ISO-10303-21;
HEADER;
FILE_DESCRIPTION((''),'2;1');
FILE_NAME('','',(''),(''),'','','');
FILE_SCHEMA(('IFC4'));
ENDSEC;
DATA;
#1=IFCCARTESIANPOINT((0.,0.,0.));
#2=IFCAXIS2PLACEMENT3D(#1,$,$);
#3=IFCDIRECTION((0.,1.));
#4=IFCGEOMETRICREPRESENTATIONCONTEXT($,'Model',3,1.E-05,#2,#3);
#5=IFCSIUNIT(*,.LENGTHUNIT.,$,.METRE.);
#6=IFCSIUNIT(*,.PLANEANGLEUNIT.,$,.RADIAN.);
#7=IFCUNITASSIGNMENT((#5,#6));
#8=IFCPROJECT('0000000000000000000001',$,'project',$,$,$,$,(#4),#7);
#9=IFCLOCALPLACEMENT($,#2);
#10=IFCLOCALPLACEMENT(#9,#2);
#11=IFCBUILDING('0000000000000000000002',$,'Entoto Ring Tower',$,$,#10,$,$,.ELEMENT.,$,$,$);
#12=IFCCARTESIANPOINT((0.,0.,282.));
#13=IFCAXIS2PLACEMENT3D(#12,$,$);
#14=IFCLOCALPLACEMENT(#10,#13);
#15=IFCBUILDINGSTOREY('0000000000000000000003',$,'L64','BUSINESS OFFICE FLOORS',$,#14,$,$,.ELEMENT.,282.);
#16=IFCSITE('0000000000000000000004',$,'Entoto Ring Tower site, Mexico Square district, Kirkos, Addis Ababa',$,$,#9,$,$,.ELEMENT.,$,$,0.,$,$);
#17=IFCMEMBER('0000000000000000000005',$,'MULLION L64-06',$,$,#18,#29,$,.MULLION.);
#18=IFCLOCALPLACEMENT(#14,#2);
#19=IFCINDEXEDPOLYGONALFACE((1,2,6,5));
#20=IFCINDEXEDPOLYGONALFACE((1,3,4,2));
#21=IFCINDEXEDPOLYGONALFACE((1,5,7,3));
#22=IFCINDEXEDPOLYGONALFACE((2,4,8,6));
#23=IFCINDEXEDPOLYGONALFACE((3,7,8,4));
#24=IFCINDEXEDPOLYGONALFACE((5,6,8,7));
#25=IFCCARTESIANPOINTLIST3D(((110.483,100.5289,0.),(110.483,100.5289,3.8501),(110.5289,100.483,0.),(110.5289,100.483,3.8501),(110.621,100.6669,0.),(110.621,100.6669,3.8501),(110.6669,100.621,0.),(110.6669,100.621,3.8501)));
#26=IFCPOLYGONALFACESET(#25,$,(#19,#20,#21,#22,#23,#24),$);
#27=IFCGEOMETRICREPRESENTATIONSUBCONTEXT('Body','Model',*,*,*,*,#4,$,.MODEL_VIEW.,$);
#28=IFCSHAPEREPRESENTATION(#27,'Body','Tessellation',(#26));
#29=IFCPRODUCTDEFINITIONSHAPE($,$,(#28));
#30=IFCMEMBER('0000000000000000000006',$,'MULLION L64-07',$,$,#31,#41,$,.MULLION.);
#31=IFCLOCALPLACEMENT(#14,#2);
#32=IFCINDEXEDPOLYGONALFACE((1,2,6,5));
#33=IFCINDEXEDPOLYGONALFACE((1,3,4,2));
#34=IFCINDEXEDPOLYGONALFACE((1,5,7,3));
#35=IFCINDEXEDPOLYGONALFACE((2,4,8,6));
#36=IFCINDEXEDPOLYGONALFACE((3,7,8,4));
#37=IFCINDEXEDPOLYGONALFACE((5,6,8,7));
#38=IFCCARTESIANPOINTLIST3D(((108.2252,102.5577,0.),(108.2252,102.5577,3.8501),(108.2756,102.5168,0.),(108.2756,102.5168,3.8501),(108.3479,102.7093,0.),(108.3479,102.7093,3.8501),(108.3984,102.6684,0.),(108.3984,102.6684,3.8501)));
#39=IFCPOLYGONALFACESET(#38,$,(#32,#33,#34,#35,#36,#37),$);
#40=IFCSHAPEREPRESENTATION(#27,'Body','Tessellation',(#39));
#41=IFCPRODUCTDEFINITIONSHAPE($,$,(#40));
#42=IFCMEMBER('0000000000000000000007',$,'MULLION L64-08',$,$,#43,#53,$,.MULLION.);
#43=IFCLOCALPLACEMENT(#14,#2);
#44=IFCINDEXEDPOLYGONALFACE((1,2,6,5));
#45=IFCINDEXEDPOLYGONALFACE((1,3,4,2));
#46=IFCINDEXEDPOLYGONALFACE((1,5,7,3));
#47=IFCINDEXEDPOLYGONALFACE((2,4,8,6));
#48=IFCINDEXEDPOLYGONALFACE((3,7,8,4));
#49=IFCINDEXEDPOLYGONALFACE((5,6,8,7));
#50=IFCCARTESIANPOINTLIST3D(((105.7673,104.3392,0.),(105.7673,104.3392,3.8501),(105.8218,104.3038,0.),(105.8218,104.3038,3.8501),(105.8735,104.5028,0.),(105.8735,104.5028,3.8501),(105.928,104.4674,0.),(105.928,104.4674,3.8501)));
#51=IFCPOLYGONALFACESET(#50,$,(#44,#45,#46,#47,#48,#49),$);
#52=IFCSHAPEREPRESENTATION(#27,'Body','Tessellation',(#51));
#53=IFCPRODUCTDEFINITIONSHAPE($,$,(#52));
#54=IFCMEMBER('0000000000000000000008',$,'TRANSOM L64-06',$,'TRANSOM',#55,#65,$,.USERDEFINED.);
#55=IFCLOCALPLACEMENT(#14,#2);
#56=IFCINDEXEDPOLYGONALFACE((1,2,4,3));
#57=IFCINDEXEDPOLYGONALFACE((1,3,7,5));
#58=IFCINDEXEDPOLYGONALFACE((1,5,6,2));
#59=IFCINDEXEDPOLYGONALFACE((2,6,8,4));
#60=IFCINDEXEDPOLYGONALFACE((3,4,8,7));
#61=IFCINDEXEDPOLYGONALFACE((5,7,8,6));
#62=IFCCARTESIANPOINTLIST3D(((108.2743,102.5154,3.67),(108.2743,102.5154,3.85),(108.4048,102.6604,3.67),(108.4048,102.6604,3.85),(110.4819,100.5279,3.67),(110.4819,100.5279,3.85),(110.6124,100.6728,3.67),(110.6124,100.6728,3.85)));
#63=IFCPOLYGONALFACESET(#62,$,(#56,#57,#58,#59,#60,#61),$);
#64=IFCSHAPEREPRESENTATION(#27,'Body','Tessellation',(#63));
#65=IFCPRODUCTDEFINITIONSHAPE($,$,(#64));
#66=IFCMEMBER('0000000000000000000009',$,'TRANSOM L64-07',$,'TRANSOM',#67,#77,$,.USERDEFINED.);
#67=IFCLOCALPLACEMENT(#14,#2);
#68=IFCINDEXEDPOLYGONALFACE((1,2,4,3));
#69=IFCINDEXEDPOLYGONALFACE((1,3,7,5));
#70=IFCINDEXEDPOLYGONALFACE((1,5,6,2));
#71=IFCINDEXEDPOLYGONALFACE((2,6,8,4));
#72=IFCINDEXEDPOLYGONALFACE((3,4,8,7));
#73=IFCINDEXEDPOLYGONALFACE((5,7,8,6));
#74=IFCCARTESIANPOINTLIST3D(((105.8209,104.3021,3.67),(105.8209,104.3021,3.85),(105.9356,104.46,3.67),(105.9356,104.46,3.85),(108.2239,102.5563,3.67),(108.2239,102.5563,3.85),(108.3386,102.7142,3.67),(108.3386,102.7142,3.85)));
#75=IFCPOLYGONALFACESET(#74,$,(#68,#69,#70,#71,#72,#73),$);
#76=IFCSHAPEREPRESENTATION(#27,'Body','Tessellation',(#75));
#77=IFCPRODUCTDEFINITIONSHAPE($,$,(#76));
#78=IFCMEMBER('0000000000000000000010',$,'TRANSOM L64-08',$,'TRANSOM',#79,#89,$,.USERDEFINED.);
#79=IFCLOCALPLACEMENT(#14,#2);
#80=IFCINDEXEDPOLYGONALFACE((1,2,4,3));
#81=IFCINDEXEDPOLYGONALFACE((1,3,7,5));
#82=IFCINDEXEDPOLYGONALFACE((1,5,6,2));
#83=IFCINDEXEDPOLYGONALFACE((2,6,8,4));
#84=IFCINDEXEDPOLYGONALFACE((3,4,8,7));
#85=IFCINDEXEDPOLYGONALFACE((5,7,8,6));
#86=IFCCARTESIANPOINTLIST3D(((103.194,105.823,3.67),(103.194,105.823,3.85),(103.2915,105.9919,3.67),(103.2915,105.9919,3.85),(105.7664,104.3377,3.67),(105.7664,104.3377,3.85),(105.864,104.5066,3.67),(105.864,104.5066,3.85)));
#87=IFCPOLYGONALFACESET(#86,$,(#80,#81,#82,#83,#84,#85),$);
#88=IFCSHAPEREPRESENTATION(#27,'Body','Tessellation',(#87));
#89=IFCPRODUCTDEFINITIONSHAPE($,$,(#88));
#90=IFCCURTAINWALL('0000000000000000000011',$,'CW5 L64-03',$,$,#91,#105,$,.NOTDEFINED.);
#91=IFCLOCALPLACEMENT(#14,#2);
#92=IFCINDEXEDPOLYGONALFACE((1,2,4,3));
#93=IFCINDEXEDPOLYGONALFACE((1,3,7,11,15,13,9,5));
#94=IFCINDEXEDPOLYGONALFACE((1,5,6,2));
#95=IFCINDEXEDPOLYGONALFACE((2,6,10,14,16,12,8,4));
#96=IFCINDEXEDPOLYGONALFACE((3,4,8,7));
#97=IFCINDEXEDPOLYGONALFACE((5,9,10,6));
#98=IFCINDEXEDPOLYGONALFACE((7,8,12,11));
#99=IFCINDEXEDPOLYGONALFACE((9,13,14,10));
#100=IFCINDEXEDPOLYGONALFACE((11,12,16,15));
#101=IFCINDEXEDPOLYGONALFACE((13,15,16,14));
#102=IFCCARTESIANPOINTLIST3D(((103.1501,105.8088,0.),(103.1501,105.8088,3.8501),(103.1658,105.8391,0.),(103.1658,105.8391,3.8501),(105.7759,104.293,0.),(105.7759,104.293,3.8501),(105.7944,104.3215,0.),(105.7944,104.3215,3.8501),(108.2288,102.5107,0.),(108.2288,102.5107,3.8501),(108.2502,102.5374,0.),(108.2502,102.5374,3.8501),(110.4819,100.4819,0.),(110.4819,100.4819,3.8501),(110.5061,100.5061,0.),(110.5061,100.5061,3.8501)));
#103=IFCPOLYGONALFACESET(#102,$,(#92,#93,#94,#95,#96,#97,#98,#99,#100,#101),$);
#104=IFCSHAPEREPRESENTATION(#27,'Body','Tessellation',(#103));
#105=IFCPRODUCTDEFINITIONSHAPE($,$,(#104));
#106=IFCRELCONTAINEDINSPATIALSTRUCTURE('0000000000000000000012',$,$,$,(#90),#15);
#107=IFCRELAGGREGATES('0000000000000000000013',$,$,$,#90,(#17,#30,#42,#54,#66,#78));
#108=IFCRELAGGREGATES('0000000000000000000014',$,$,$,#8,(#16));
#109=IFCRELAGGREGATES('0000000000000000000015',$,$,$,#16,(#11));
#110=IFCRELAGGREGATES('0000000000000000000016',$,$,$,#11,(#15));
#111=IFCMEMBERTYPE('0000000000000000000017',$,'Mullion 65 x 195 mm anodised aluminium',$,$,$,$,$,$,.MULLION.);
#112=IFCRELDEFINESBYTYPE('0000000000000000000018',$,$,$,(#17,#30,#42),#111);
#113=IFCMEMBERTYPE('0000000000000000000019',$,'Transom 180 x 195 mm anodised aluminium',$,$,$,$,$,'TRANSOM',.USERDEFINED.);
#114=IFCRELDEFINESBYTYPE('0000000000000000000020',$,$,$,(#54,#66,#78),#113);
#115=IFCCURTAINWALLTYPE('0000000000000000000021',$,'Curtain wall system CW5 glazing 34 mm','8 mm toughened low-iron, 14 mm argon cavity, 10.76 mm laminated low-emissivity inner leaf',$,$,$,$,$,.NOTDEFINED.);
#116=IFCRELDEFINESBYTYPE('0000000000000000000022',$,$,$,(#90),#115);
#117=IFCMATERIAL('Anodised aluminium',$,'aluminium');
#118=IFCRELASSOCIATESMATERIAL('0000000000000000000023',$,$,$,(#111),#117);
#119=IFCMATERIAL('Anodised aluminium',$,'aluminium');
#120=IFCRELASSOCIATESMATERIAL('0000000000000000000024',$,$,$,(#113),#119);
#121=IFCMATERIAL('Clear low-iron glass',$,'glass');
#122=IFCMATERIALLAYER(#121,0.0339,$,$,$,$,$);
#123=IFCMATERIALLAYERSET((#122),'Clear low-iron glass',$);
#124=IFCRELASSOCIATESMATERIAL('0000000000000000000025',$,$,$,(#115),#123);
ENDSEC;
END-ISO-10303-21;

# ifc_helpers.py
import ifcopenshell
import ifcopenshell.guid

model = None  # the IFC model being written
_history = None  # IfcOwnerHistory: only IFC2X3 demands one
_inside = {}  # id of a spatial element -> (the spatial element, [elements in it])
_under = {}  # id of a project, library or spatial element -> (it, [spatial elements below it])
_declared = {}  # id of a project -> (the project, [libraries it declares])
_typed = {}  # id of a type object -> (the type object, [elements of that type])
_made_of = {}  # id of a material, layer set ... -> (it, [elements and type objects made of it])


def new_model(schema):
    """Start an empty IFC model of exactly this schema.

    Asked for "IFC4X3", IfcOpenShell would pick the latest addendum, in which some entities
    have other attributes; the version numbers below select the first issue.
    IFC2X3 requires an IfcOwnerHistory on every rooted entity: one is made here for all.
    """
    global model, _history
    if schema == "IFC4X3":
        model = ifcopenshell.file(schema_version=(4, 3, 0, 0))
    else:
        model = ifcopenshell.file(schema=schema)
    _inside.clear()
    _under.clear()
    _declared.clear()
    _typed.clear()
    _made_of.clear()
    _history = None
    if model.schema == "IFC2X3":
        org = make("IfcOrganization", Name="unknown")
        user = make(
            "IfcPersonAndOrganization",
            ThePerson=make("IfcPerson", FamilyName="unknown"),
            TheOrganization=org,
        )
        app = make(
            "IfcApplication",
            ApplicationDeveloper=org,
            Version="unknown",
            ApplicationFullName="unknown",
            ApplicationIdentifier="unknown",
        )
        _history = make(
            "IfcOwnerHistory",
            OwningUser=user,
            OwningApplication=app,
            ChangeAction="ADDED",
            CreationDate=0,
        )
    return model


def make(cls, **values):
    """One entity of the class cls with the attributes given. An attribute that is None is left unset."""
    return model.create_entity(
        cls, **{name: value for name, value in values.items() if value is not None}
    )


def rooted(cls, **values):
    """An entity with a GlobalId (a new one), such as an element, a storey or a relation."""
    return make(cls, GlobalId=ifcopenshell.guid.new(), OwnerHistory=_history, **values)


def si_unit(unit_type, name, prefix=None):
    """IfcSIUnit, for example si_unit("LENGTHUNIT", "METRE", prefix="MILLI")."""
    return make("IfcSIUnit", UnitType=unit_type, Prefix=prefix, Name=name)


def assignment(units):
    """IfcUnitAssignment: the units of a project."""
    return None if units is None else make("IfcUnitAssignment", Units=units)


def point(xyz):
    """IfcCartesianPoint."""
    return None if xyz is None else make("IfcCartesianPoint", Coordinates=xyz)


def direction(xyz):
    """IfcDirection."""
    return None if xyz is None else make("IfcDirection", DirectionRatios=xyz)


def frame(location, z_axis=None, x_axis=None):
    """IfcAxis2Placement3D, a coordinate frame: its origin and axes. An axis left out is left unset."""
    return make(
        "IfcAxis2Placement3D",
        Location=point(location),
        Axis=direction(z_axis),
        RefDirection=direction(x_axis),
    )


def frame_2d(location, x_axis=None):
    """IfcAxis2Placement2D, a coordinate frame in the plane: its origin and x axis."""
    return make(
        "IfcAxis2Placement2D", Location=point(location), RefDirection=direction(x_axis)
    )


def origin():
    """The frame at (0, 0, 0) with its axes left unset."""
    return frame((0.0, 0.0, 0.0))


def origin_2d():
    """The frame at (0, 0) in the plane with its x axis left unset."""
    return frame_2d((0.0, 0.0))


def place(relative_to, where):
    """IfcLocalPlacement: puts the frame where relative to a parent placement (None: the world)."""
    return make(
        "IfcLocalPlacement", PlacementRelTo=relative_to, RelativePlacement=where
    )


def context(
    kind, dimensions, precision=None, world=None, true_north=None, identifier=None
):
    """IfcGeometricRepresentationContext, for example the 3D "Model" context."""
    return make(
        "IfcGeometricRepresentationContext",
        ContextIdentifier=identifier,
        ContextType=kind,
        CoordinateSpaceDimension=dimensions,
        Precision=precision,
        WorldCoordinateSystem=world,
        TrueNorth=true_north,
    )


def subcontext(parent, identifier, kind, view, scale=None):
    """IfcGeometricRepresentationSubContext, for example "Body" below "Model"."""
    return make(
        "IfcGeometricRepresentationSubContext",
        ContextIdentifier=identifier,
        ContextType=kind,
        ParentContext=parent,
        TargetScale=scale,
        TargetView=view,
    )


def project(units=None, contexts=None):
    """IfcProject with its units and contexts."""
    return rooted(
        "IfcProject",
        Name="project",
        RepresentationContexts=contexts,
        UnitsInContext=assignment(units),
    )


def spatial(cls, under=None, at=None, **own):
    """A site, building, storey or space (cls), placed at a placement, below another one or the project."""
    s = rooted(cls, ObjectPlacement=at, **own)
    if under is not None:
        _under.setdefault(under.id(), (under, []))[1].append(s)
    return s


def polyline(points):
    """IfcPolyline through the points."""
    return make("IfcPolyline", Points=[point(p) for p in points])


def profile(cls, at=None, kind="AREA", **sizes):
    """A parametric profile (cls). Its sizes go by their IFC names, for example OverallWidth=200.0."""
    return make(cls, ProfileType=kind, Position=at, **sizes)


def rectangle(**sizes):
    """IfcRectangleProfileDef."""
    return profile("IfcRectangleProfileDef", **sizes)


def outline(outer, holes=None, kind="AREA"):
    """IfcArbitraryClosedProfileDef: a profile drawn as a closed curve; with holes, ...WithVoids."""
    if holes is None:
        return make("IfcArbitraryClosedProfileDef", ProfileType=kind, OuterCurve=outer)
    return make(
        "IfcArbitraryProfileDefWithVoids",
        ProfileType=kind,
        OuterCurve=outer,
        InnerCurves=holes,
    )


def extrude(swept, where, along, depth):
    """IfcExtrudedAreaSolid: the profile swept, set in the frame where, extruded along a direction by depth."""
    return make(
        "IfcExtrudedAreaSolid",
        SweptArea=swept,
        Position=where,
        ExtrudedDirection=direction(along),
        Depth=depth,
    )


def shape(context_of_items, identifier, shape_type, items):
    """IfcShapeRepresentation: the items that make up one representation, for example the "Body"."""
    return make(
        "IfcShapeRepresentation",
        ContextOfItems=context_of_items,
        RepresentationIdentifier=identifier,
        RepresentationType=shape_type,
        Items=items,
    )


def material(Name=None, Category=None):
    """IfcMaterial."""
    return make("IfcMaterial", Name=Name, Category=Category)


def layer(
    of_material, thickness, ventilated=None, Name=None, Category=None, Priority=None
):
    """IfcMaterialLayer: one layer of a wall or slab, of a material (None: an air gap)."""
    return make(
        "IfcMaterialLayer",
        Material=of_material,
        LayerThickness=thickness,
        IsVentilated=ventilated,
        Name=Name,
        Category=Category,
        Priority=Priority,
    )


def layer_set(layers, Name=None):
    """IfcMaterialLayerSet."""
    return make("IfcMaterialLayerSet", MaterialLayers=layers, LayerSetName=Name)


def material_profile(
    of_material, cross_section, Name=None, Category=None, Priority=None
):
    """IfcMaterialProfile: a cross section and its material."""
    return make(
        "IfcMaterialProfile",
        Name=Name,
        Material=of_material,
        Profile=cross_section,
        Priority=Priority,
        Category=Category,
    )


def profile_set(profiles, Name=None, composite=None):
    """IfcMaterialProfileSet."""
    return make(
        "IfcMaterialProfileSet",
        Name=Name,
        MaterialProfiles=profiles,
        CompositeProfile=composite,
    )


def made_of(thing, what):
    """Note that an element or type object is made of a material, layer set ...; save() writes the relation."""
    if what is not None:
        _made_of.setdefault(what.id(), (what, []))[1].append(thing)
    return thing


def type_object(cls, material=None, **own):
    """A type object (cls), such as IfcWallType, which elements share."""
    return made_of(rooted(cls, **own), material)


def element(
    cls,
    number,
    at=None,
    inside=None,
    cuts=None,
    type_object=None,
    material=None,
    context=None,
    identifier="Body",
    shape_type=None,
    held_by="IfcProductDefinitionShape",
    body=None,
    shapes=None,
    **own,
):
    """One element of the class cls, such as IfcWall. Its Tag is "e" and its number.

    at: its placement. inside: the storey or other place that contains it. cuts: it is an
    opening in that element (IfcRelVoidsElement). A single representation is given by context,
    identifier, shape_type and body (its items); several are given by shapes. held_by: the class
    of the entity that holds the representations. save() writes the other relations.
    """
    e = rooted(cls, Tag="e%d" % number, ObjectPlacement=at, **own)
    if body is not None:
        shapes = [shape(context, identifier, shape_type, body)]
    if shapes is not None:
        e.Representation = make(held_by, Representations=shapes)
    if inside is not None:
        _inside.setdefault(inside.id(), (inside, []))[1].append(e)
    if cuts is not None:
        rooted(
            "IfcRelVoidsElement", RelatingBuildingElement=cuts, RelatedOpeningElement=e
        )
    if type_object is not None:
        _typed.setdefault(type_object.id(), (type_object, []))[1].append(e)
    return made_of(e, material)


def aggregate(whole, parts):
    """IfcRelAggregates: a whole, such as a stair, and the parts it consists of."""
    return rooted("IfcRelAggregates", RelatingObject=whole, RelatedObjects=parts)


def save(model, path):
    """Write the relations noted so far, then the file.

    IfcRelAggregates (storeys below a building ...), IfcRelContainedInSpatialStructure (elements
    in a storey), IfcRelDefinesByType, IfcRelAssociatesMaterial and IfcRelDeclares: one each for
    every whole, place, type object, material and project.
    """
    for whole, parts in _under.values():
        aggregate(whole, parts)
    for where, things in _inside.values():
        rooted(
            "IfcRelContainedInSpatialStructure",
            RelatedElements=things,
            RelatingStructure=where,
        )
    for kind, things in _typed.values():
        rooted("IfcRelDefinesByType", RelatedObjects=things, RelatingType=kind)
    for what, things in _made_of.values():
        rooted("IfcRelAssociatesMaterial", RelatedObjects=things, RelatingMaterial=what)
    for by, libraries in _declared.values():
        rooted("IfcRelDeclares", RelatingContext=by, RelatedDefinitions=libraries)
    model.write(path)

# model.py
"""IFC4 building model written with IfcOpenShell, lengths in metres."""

from ifc_helpers import new_model, si_unit, direction, frame, origin, origin_2d, place, context, subcontext, project, spatial, polyline, rectangle, outline, extrude, material, layer, layer_set, material_profile, profile_set, type_object, element, aggregate, save


model = new_model("IFC4")

# Units and contexts
model_context = context("Model", 3, precision=1e-05, world=origin(), true_north=direction((0.0, 1.0)))
body_context = subcontext(model_context, "Body", "Model", "MODEL_VIEW")
ifc_project = project(units=[si_unit("LENGTHUNIT", "METRE"), si_unit("PLANEANGLEUNIT", "RADIAN")], contexts=[model_context])

# Members
ifc_material_1 = material(Name="Anodised aluminium", Category="aluminium")
ifc_material_profile_1 = material_profile(ifc_material_1, rectangle(XDim=0.0649, YDim=0.1951, at=origin_2d()), Name="Mullion 65 x 195 mm anodised aluminium")
ifc_profile_set_1 = profile_set([ifc_material_profile_1], Name="Anodised aluminium")
member_type_1 = type_object("IfcMemberType", Name="Mullion 65 x 195 mm anodised aluminium", PredefinedType="MULLION", material=ifc_profile_set_1)
site_placement = place(None, origin())
building_placement = place(site_placement, origin())
storey_placement = place(building_placement, frame((0.0, 0.0, 282.0)))
member_1_placement = place(storey_placement, frame((110.575, 100.575, 0.0), z_axis=(0.0, 0.0, 1.0), x_axis=(-0.707107, 0.707107, 0.0)))
member_1 = element("IfcMember", 1, at=member_1_placement, type_object=member_type_1, Name="MULLION L64-06", PredefinedType="MULLION", context=body_context, shape_type="SweptSolid", body=[
    extrude(rectangle(XDim=0.0649, YDim=0.1951, at=origin_2d()), origin(), (0.0, 0.0, 1.0), 3.8501),
])
member_2_placement = place(storey_placement, frame((108.3118, 102.613, 0.0), z_axis=(0.0, 0.0, 1.0), x_axis=(-0.777146, 0.62932, 0.0)))
member_2 = element("IfcMember", 2, at=member_2_placement, type_object=member_type_1, Name="MULLION L64-07", PredefinedType="MULLION", context=body_context, shape_type="SweptSolid", body=[
    extrude(rectangle(XDim=0.0649, YDim=0.1951, at=origin_2d()), origin(), (0.0, 0.0, 1.0), 3.8501),
])
member_3_placement = place(storey_placement, frame((105.8477, 104.4033, 0.0), z_axis=(0.0, 0.0, 1.0), x_axis=(-0.838671, 0.544639, 0.0)))
member_3 = element("IfcMember", 3, at=member_3_placement, type_object=member_type_1, Name="MULLION L64-08", PredefinedType="MULLION", context=body_context, shape_type="SweptSolid", body=[
    extrude(rectangle(XDim=0.0649, YDim=0.1951, at=origin_2d()), origin(), (0.0, 0.0, 1.0), 3.8501),
])
ifc_material_2 = material(Name="Anodised aluminium", Category="aluminium")
ifc_material_profile_2 = material_profile(ifc_material_2, rectangle(XDim=0.1951, YDim=0.1799, at=origin_2d()), Name="Transom 180 x 195 mm anodised aluminium")
ifc_profile_set_2 = profile_set([ifc_material_profile_2], Name="Anodised aluminium")
member_type_2 = type_object("IfcMemberType", Name="Transom 180 x 195 mm anodised aluminium", ElementType="TRANSOM", PredefinedType="USERDEFINED", material=ifc_profile_set_2)
member_4_placement = place(storey_placement, frame((110.5471, 100.6003, 3.76), z_axis=(-0.743163, 0.66911, 0.0), x_axis=(-0.66911, -0.743163, 0.0)))
member_4 = element("IfcMember", 4, at=member_4_placement, type_object=member_type_2, Name="TRANSOM L64-06", ObjectType="TRANSOM", PredefinedType="USERDEFINED", context=body_context, shape_type="SweptSolid", body=[
    extrude(rectangle(XDim=0.1951, YDim=0.1799, at=origin_2d()), origin(), (0.0, 0.0, 1.0), 2.9705),
])
member_5_placement = place(storey_placement, frame((108.2812, 102.6353, 3.76), z_axis=(-0.809031, 0.587766, 0.0), x_axis=(-0.587766, -0.809031, 0.0)))
member_5 = element("IfcMember", 5, at=member_5_placement, type_object=member_type_2, Name="TRANSOM L64-07", ObjectType="TRANSOM", PredefinedType="USERDEFINED", context=body_context, shape_type="SweptSolid", body=[
    extrude(rectangle(XDim=0.1951, YDim=0.1799, at=origin_2d()), origin(), (0.0, 0.0, 1.0), 2.9702),
])
member_6_placement = place(storey_placement, frame((105.8152, 104.4221, 3.76), z_axis=(-0.866009, 0.500028, 0.0), x_axis=(-0.500028, -0.866009, 0.0)))
member_6 = element("IfcMember", 6, at=member_6_placement, type_object=member_type_2, Name="TRANSOM L64-08", ObjectType="TRANSOM", PredefinedType="USERDEFINED", context=body_context, shape_type="SweptSolid", body=[
    extrude(rectangle(XDim=0.1951, YDim=0.1799, at=origin_2d()), origin(), (0.0, 0.0, 1.0), 2.9705),
])

# Site, building, storey
site = spatial("IfcSite", under=ifc_project, at=site_placement, Name="Entoto Ring Tower site, Mexico Square district, Kirkos, Addis Ababa", CompositionType="ELEMENT", RefElevation=0.0)
building = spatial("IfcBuilding", under=site, at=building_placement, Name="Entoto Ring Tower", CompositionType="ELEMENT")
storey = spatial("IfcBuildingStorey", under=building, at=storey_placement, Name="L64", Description="BUSINESS OFFICE FLOORS", CompositionType="ELEMENT", Elevation=282.0)

# Curtain wall
ifc_material_3 = material(Name="Clear low-iron glass", Category="glass")
ifc_layer_1 = layer(ifc_material_3, 0.0339)
ifc_layer_set_1 = layer_set([ifc_layer_1], Name="Clear low-iron glass")
curtain_wall_type = type_object("IfcCurtainWallType", Name="Curtain wall system CW5 glazing 34 mm", Description="8 mm toughened low-iron, 14 mm argon cavity, 10.76 mm laminated low-emissivity inner leaf", PredefinedType="NOTDEFINED", material=ifc_layer_set_1)
curtain_wall_1_placement = place(storey_placement, origin())
curtain_wall_1 = element("IfcCurtainWall", 7, at=curtain_wall_1_placement, inside=storey, type_object=curtain_wall_type, Name="CW5 L64-03", PredefinedType="NOTDEFINED", context=body_context, shape_type="SweptSolid", body=[
    extrude(outline(polyline([(110.5061, 100.5061), (108.2502, 102.5374), (105.7944, 104.3215), (103.1658, 105.8391), (103.1501, 105.8088), (105.7759, 104.293), (108.2288, 102.5107), (110.4819, 100.4819), (110.5061, 100.5061)])), origin(), (0.0, 0.0, 1.0), 3.8501),
])
aggregate(curtain_wall_1, [member_1, member_2, member_3, member_4, member_5, member_6])

save(model, "model.ifc")
